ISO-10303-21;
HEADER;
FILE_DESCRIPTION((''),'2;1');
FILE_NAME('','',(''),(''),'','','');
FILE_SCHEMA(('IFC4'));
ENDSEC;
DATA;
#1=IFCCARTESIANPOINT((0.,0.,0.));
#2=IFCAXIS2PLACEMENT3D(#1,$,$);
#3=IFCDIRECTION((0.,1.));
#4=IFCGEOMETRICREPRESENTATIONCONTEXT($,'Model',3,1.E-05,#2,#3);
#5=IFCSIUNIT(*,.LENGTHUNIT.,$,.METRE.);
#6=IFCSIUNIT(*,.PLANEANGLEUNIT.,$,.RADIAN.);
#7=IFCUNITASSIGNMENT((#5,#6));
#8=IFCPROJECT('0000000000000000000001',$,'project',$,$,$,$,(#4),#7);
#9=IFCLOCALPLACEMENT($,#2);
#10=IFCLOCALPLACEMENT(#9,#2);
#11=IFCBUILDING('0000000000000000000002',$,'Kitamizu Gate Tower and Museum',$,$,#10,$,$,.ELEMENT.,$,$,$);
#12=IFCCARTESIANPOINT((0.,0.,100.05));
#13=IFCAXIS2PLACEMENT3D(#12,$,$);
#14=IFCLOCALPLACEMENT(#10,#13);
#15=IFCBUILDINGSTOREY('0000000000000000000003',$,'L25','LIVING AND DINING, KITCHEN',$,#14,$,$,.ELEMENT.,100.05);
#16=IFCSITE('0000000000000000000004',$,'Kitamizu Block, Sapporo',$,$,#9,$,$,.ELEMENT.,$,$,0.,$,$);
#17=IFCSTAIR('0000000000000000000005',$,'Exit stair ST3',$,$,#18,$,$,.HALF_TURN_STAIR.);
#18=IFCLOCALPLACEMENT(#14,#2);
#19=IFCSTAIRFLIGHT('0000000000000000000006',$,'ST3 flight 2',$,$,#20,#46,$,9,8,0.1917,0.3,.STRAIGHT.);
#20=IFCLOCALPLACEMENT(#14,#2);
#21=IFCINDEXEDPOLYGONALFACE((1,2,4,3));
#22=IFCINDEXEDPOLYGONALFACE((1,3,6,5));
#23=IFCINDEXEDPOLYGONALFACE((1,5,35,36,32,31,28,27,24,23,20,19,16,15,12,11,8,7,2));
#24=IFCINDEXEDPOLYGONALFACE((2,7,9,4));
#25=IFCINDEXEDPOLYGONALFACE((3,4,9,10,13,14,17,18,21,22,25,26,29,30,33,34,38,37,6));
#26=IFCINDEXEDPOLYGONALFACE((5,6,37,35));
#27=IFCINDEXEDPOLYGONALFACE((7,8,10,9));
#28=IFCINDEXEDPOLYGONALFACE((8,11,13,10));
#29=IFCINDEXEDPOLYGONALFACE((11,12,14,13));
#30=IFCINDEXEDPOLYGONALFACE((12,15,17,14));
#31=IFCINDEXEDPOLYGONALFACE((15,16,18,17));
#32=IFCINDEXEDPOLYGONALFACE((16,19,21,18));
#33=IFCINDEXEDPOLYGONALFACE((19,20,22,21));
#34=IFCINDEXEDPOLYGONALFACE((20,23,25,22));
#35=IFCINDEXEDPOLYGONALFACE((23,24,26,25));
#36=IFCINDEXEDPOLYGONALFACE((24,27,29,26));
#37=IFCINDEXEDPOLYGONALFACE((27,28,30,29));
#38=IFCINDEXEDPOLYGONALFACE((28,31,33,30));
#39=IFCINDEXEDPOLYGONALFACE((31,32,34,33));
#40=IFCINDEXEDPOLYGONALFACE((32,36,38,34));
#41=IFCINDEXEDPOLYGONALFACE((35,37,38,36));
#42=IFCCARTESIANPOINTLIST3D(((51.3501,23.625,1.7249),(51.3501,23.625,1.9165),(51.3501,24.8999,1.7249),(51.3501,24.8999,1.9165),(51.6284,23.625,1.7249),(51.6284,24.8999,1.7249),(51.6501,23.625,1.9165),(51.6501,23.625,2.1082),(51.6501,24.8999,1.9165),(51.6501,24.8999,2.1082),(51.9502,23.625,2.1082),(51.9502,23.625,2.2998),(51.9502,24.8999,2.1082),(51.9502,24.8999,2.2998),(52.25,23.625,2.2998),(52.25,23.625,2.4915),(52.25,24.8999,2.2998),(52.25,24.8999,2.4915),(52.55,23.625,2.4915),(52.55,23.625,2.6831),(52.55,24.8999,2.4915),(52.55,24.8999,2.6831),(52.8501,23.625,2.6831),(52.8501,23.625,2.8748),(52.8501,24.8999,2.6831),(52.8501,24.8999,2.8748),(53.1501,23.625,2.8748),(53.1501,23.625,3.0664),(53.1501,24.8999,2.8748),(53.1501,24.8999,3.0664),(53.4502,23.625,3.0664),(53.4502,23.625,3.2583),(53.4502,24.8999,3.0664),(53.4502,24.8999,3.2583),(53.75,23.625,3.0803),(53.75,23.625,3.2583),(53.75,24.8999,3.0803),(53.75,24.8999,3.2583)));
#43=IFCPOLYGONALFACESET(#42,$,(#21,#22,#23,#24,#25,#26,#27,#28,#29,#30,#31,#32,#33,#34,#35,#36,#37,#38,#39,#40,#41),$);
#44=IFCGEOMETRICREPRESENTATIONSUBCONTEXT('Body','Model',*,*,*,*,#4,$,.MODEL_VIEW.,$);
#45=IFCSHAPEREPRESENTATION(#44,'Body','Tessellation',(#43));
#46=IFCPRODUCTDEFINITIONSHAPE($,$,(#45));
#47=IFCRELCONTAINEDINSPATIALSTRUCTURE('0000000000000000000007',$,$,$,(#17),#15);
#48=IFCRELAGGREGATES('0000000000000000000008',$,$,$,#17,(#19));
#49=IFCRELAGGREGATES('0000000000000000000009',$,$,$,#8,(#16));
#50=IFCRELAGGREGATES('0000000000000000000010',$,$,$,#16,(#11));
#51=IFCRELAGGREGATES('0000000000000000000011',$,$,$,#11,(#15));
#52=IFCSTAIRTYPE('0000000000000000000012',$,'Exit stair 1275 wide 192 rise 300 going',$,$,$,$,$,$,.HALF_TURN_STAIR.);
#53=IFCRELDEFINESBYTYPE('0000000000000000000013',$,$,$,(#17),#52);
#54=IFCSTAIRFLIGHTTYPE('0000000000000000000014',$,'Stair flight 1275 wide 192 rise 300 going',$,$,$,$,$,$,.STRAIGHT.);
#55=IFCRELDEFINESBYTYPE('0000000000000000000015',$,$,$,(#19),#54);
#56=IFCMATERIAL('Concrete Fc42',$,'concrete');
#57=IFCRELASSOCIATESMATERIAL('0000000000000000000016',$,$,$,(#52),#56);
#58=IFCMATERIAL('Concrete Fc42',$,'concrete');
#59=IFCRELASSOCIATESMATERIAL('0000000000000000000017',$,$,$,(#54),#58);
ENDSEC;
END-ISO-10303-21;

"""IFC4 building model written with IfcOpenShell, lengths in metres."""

from ifc_helpers import new_model, si_unit, direction, frame, origin, place, context, subcontext, project, spatial, polyline, outline, extrude, material, type_object, element, aggregate, save


model = new_model("IFC4")

# Units and contexts
model_context = context("Model", 3, precision=1e-05, world=origin(), true_north=direction((0.0, 1.0)))
body_context = subcontext(model_context, "Body", "Model", "MODEL_VIEW")
ifc_project = project(units=[si_unit("LENGTHUNIT", "METRE"), si_unit("PLANEANGLEUNIT", "RADIAN")], contexts=[model_context])

# Site, building, storey
site_placement = place(None, origin())
site = spatial("IfcSite", under=ifc_project, at=site_placement, Name="Kitamizu Block, Sapporo", CompositionType="ELEMENT", RefElevation=0.0)
building_placement = place(site_placement, origin())
building = spatial("IfcBuilding", under=site, at=building_placement, Name="Kitamizu Gate Tower and Museum", CompositionType="ELEMENT")
storey_placement = place(building_placement, frame((0.0, 0.0, 100.05)))
storey = spatial("IfcBuildingStorey", under=building, at=storey_placement, Name="L25", Description="LIVING AND DINING, KITCHEN", CompositionType="ELEMENT", Elevation=100.05)

# Stair, stair flight
ifc_material_1 = material(Name="Concrete Fc42", Category="concrete")
stair_type = type_object("IfcStairType", Name="Exit stair 1275 wide 192 rise 300 going", PredefinedType="HALF_TURN_STAIR", material=ifc_material_1)
stair_placement = place(storey_placement, origin())
stair = element("IfcStair", 1, at=stair_placement, inside=storey, type_object=stair_type, Name="Exit stair ST3", PredefinedType="HALF_TURN_STAIR")
ifc_material_2 = material(Name="Concrete Fc42", Category="concrete")
stair_flight_type = type_object("IfcStairFlightType", Name="Stair flight 1275 wide 192 rise 300 going", PredefinedType="STRAIGHT", material=ifc_material_2)
stair_flight_1_placement = place(storey_placement, frame((51.3501, 24.2625, 1.7249), z_axis=(0.0, 0.0, 1.0), x_axis=(1.0, 0.0, 0.0)))
stair_flight_1 = element("IfcStairFlight", 2, at=stair_flight_1_placement, type_object=stair_flight_type, Name="ST3 flight 2", NumberOfRisers=9, NumberOfTreads=8, PredefinedType="STRAIGHT", RiserHeight=0.1917, TreadLength=0.3, context=body_context, shape_type="SweptSolid", body=[
    extrude(outline(polyline([(0.0, 0.0), (0.0, 0.1917), (0.3, 0.1917), (0.3, 0.3833), (0.6001, 0.3833), (0.6001, 0.575), (0.8999, 0.575), (0.8999, 0.7666), (1.2, 0.7666), (1.2, 0.9583), (1.5, 0.9583), (1.5, 1.1499), (1.8, 1.1499), (1.8, 1.3416), (2.1001, 1.3416), (2.1001, 1.5334), (2.3999, 1.5334), (2.3999, 1.7251), (2.3999, 1.3555), (0.2783, 0.0), (0.0, 0.0)])), frame((0.0, 0.6375, 0.0), z_axis=(0.0, -1.0, 0.0), x_axis=(1.0, 0.0, 0.0)), (0.0, 0.0, 1.0), 1.2749),
])
aggregate(stair, [stair_flight_1])

save(model, "model.ifc")
